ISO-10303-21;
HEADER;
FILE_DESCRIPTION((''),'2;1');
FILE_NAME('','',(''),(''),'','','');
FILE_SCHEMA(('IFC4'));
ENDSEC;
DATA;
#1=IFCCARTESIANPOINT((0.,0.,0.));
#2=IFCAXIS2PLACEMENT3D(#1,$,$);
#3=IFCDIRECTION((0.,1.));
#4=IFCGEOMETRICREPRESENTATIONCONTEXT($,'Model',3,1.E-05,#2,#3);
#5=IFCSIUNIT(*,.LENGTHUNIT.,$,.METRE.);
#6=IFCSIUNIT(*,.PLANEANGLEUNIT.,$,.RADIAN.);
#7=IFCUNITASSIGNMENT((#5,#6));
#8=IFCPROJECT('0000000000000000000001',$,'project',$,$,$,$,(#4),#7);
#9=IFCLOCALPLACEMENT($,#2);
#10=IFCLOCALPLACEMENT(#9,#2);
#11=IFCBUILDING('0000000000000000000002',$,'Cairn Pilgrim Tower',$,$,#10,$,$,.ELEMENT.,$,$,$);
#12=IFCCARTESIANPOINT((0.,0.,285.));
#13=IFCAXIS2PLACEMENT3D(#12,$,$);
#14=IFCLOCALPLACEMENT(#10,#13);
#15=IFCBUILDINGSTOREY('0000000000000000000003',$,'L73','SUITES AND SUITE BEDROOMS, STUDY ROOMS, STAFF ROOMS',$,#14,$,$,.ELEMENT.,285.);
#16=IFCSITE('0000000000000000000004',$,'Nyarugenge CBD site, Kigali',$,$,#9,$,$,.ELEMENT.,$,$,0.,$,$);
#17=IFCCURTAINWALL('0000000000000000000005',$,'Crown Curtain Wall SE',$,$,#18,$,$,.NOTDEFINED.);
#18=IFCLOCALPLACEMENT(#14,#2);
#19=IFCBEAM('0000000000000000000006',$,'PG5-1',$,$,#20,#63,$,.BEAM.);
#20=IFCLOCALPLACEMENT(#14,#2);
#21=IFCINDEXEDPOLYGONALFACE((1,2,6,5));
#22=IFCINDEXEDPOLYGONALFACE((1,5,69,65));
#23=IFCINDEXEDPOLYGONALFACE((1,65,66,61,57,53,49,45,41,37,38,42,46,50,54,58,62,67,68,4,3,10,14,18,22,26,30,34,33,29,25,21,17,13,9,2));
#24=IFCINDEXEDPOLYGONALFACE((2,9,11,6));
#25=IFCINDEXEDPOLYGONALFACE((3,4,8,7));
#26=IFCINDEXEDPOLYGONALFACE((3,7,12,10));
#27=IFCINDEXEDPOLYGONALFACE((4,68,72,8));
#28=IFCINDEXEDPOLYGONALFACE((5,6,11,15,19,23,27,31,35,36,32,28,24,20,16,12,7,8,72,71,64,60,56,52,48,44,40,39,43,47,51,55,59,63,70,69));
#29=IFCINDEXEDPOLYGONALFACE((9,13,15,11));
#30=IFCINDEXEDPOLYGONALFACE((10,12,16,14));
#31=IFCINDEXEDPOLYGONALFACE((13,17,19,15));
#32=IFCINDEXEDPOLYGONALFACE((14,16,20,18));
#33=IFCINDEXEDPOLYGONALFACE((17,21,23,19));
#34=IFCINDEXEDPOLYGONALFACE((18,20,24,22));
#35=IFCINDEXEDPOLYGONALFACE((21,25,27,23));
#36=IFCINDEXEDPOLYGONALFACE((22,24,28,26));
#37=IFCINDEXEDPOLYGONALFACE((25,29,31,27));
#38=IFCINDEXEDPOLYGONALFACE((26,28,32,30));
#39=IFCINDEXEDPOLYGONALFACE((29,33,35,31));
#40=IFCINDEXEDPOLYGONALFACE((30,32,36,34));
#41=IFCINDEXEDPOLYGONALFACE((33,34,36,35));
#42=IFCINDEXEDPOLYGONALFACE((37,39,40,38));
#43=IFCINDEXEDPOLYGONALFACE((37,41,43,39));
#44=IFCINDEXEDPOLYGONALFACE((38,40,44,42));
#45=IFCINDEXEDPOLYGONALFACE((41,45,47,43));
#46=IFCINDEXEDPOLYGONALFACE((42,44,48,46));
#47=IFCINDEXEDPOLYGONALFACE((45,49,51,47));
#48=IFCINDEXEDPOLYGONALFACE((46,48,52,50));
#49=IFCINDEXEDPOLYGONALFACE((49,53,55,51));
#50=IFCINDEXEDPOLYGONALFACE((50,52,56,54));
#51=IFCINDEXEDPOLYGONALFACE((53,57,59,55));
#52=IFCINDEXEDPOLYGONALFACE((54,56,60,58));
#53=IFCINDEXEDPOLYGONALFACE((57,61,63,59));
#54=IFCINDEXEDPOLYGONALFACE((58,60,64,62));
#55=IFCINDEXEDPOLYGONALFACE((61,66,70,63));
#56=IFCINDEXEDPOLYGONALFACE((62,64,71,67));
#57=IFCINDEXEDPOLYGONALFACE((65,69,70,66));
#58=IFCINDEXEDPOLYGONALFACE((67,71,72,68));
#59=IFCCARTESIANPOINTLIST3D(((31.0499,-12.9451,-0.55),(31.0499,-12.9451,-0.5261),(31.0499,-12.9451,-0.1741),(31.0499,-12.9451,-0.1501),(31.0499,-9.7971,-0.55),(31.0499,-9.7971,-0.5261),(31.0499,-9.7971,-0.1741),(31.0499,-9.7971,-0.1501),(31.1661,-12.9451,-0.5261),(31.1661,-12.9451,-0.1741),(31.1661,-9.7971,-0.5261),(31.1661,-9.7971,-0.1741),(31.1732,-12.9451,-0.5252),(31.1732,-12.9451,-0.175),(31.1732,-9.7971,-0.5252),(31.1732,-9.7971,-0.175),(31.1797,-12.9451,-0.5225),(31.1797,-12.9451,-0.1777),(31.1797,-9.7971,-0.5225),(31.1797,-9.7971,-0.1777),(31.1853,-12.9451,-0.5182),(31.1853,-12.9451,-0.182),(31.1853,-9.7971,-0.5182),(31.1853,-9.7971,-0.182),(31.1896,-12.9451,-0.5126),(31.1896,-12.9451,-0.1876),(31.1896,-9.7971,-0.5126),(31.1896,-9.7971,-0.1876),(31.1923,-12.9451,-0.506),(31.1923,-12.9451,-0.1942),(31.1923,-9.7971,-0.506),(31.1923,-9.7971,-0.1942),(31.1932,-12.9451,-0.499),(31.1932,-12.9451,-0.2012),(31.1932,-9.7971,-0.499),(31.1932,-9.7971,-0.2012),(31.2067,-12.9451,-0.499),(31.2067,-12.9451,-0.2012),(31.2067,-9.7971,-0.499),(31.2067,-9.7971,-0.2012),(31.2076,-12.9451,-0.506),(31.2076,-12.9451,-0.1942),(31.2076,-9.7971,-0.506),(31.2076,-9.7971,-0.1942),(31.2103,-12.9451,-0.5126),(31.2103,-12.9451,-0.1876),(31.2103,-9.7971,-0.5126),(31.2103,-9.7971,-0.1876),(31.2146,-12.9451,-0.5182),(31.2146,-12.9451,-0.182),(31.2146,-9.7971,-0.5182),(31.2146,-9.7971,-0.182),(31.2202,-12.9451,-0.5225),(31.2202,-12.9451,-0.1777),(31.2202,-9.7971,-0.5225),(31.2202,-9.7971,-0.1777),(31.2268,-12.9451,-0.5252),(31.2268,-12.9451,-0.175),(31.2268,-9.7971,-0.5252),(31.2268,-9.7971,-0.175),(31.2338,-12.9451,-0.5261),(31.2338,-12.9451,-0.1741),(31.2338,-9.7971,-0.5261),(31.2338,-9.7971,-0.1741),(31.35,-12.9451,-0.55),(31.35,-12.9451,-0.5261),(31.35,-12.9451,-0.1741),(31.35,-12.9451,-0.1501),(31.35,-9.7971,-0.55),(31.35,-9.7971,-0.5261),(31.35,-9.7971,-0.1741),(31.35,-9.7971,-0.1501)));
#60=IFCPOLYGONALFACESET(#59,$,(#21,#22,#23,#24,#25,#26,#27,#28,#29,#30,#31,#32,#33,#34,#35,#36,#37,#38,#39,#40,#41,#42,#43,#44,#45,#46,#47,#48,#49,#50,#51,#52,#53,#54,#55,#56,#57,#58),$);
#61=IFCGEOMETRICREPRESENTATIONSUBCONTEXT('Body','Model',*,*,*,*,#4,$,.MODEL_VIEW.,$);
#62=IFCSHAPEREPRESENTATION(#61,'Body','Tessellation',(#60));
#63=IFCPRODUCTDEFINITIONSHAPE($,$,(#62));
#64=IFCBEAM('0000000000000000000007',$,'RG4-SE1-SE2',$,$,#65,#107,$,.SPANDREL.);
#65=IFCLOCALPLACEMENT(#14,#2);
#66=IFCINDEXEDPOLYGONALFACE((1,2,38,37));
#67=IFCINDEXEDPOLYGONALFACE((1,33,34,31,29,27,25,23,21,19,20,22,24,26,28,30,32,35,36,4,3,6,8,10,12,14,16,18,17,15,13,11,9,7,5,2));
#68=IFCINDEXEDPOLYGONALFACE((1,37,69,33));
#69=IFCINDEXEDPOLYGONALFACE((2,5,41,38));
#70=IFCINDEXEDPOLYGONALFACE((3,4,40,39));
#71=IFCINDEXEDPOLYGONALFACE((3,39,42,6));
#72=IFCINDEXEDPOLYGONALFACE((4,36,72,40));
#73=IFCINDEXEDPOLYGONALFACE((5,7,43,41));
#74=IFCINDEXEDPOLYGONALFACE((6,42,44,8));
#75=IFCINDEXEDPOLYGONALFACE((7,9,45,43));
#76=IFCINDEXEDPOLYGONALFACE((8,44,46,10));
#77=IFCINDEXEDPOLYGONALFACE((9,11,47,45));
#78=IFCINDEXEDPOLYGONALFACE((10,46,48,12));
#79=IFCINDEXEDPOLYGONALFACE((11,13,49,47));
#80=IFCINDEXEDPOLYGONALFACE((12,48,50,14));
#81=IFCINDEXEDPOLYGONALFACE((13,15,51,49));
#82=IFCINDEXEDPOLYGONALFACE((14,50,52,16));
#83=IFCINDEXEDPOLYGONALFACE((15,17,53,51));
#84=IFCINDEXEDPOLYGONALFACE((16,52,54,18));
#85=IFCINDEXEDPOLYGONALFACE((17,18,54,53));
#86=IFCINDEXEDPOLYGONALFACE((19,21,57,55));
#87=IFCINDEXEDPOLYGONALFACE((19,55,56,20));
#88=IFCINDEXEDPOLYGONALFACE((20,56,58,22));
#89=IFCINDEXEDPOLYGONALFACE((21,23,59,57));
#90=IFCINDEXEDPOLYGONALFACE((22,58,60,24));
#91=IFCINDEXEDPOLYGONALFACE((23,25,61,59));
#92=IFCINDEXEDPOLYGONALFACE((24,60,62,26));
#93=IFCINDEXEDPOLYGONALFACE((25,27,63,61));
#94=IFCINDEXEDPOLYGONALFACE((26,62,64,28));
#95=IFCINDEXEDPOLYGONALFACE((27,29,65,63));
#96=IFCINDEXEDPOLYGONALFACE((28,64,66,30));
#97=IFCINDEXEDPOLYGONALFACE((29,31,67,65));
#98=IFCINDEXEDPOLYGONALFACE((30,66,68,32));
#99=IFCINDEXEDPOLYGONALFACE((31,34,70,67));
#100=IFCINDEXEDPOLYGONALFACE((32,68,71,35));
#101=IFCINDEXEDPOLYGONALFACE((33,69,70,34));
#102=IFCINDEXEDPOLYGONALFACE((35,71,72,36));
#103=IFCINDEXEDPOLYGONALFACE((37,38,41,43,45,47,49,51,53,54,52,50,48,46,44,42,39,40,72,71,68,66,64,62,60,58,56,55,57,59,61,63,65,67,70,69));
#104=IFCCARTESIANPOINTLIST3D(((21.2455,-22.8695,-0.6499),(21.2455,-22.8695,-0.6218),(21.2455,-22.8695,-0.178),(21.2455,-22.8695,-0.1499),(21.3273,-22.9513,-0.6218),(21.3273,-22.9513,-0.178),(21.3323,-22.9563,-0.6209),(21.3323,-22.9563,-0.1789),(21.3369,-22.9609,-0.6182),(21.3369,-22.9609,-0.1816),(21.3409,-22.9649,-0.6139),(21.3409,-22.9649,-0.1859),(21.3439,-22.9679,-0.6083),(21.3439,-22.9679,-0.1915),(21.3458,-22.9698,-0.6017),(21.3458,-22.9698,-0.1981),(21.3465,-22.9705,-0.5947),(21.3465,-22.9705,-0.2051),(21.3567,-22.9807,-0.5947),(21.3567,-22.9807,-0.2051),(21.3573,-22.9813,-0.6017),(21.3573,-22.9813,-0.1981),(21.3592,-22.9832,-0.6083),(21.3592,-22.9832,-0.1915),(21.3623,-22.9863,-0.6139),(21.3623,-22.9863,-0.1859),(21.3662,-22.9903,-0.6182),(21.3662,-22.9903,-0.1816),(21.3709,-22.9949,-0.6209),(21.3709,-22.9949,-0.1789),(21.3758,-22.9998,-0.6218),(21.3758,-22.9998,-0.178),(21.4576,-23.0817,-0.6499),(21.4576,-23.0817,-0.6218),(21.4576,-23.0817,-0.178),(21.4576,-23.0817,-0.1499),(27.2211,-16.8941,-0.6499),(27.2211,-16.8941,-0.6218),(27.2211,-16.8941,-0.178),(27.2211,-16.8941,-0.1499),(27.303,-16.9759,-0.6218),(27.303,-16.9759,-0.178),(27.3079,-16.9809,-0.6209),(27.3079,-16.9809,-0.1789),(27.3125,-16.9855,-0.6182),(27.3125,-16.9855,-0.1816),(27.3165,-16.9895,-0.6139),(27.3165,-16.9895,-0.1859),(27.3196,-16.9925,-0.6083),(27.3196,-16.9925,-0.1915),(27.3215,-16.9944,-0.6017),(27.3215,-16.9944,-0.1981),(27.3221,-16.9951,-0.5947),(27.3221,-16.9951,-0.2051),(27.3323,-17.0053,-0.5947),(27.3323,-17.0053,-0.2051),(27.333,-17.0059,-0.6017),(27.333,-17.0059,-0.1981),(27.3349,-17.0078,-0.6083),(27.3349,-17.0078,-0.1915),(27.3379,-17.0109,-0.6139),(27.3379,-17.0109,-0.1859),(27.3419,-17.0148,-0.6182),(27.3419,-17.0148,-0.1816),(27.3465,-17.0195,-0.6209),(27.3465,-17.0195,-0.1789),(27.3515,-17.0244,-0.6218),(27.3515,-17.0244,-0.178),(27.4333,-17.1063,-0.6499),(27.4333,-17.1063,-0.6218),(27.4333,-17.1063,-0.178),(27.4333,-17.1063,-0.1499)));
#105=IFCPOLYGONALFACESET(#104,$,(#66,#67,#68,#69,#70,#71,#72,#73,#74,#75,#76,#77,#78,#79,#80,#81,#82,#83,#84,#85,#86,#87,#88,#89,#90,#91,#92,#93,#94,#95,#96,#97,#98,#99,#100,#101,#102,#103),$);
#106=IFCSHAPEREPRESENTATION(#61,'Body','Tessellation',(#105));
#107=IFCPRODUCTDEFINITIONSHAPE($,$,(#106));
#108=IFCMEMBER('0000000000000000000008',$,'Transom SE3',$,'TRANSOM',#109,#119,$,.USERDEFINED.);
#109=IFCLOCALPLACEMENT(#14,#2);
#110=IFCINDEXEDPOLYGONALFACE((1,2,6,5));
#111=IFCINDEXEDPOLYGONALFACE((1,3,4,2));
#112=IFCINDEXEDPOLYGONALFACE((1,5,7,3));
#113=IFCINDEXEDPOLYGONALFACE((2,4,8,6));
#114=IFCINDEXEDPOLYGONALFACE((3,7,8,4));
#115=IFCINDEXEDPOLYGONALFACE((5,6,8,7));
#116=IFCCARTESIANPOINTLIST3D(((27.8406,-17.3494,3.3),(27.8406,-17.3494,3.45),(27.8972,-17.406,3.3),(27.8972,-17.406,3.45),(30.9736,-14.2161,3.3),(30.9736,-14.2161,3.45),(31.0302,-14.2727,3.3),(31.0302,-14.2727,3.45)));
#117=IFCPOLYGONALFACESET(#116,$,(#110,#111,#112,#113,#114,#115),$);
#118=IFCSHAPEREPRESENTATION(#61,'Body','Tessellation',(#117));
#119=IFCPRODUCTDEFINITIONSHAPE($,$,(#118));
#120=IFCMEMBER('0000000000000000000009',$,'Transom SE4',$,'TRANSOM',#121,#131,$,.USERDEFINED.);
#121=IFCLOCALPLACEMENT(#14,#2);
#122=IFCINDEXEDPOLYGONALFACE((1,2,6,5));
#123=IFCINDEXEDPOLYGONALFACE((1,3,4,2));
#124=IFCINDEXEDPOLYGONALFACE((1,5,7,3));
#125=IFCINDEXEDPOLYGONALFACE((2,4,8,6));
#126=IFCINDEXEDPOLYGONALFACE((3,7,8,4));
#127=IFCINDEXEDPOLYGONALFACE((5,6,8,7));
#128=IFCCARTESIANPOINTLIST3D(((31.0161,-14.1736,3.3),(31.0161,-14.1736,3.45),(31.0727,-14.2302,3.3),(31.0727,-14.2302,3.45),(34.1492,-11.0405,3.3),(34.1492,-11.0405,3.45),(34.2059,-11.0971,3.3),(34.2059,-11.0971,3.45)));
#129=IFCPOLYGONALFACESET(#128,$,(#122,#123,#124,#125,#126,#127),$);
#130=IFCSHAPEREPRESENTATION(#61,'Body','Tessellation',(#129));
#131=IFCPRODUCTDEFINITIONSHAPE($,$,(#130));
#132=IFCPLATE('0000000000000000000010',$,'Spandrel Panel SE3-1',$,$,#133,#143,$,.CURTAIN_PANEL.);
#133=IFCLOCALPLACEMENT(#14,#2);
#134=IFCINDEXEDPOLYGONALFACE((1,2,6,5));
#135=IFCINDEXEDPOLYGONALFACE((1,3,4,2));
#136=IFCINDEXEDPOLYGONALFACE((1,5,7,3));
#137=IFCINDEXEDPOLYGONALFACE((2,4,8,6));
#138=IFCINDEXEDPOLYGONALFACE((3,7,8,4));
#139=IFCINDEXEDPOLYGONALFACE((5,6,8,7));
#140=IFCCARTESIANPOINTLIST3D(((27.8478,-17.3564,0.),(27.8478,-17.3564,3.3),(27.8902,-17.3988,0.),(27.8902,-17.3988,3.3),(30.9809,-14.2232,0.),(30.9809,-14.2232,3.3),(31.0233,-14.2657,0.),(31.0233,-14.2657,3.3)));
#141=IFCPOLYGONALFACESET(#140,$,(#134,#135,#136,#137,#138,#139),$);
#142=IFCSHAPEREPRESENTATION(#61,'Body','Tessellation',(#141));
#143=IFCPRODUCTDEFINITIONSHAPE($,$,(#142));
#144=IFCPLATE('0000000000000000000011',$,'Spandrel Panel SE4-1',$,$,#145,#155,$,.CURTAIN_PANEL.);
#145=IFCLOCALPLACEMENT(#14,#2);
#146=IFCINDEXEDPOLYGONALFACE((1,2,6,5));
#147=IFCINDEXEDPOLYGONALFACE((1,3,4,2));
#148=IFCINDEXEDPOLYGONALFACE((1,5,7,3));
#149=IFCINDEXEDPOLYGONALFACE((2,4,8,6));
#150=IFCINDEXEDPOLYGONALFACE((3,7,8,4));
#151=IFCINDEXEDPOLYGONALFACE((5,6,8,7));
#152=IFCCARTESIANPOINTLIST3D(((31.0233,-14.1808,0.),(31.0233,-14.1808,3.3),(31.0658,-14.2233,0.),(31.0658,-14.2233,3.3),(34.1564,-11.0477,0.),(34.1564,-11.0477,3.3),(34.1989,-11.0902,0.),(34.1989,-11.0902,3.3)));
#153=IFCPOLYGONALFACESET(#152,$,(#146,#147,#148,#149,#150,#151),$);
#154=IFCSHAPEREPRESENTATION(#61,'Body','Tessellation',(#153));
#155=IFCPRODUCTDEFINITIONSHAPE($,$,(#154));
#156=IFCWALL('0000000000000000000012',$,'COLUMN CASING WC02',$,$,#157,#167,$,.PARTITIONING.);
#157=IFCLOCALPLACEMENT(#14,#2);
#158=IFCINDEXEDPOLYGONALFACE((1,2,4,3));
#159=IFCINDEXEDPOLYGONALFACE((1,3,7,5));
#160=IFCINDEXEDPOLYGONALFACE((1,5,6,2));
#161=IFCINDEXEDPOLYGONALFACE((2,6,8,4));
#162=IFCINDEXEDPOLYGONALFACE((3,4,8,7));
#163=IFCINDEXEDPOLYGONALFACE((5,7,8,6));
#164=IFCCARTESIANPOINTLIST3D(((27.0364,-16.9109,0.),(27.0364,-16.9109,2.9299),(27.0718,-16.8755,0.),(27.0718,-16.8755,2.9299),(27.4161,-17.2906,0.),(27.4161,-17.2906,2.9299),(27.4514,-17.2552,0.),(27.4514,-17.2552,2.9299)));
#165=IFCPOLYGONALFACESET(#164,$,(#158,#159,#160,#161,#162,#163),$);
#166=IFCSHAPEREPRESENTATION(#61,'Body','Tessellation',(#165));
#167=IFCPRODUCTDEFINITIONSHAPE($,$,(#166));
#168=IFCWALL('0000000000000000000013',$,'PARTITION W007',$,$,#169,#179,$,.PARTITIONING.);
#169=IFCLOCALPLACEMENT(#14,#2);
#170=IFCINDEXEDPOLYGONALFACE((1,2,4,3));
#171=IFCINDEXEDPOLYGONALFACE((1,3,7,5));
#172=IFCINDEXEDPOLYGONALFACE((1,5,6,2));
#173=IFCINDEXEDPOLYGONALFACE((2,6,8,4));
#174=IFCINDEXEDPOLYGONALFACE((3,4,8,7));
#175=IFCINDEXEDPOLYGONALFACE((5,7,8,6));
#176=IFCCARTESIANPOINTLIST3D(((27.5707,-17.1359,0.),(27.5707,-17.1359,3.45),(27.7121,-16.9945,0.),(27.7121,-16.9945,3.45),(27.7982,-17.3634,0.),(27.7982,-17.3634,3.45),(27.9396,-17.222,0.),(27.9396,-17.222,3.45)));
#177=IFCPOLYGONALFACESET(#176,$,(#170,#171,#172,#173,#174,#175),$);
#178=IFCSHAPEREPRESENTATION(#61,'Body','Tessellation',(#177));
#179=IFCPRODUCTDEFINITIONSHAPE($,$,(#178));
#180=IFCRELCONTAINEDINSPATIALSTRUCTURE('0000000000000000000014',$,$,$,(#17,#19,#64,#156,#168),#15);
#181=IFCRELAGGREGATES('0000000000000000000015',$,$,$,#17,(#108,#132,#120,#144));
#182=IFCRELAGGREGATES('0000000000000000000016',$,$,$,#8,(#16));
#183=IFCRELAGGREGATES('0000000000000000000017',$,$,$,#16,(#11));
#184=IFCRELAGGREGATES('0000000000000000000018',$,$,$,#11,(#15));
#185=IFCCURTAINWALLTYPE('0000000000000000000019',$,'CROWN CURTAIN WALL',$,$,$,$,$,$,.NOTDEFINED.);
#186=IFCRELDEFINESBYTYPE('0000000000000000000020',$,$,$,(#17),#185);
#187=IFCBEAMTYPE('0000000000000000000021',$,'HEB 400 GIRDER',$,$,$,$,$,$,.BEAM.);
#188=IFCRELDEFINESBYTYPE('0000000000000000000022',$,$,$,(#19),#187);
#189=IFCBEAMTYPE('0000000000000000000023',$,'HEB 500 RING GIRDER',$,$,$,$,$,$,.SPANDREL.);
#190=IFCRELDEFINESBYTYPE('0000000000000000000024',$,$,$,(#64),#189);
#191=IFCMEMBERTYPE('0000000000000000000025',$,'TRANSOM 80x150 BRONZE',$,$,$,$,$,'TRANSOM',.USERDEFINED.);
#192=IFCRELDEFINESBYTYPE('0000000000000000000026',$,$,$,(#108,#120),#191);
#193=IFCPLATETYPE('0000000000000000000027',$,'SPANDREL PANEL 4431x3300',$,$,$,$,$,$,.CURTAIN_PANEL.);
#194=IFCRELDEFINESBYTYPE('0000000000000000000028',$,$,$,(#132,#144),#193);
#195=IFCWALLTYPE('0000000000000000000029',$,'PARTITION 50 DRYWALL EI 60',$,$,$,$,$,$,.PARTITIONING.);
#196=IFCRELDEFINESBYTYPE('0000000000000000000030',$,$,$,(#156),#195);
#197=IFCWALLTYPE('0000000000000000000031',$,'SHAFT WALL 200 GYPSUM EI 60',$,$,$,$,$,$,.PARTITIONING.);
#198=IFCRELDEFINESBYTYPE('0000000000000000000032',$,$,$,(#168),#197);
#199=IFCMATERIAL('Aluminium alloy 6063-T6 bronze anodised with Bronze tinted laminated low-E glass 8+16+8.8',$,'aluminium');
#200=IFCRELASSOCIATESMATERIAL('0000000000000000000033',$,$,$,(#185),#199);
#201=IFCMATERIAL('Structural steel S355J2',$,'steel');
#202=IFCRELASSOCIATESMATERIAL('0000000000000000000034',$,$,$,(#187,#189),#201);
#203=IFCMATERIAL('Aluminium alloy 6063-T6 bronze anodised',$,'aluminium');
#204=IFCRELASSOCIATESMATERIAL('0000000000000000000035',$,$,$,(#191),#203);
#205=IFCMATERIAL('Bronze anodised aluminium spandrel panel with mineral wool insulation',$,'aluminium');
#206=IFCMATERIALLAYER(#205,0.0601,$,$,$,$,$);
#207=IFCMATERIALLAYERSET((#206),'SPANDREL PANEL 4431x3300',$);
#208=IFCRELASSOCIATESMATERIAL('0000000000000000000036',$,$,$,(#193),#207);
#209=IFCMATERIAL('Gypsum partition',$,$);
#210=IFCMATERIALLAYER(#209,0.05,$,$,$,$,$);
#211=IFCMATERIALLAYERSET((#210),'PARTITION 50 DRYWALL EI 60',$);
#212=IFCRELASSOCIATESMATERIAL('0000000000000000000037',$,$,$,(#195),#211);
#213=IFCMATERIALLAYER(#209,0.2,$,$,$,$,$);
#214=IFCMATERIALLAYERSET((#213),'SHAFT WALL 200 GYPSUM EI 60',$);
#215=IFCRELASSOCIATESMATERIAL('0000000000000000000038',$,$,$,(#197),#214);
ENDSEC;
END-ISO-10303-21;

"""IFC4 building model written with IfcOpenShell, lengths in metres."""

from ifc_helpers import new_model, si_unit, direction, frame, frame_2d, origin, origin_2d, place, context, subcontext, project, spatial, rectangle, i_section, extrude, material, layer, layer_set, material_profile, profile_set, type_object, element, aggregate, save


model = new_model("IFC4")

# Units and contexts
model_context = context("Model", 3, precision=1e-05, world=origin(), true_north=direction((0.0, 1.0)))
body_context = subcontext(model_context, "Body", "Model", "MODEL_VIEW")
ifc_project = project(units=[si_unit("LENGTHUNIT", "METRE"), si_unit("PLANEANGLEUNIT", "RADIAN")], contexts=[model_context])

# Site, building, storey
site_placement = place(None, origin())
site = spatial("IfcSite", under=ifc_project, at=site_placement, Name="Nyarugenge CBD site, Kigali", CompositionType="ELEMENT", RefElevation=0.0)
building_placement = place(site_placement, origin())
building = spatial("IfcBuilding", under=site, at=building_placement, Name="Cairn Pilgrim Tower", CompositionType="ELEMENT")
storey_placement = place(building_placement, frame((0.0, 0.0, 285.0)))
storey = spatial("IfcBuildingStorey", under=building, at=storey_placement, Name="L73", Description="SUITES AND SUITE BEDROOMS, STUDY ROOMS, STAFF ROOMS", CompositionType="ELEMENT", Elevation=285.0)

# Shared definitions
ifc_material_1 = material(Name="Structural steel S355J2", Category="steel")

# Curtain wall
ifc_material_2 = material(Name="Aluminium alloy 6063-T6 bronze anodised with Bronze tinted laminated low-E glass 8+16+8.8", Category="aluminium")
curtain_wall_type = type_object("IfcCurtainWallType", Name="CROWN CURTAIN WALL", PredefinedType="NOTDEFINED", material=ifc_material_2)
curtain_wall_placement = place(storey_placement, origin())
curtain_wall = element("IfcCurtainWall", 1, at=curtain_wall_placement, inside=storey, type_object=curtain_wall_type, Name="Crown Curtain Wall SE", PredefinedType="NOTDEFINED")
ifc_material_3 = material(Name="Aluminium alloy 6063-T6 bronze anodised", Category="aluminium")

# Beams
ifc_material_profile_1 = material_profile(ifc_material_1, i_section(OverallWidth=0.3, OverallDepth=0.3999, WebThickness=0.0134, FlangeThickness=0.0239, FilletRadius=0.0271, at=origin_2d()), Name="HEB 400")
ifc_profile_set_1 = profile_set([ifc_material_profile_1], Name="Structural steel S355J2")
beam_type_1 = type_object("IfcBeamType", Name="HEB 400 GIRDER", PredefinedType="BEAM", material=ifc_profile_set_1)
beam_1_placement = place(storey_placement, frame((31.2, -12.9451, -0.3501), z_axis=(0.0, 1.0, 0.0), x_axis=(-1.0, 0.0, 0.0)))
element("IfcBeam", 2, at=beam_1_placement, inside=storey, type_object=beam_type_1, Name="PG5-1", PredefinedType="BEAM", context=body_context, shape_type="SweptSolid", body=[
    extrude(i_section(OverallWidth=0.3, OverallDepth=0.3999, WebThickness=0.0134, FlangeThickness=0.0239, FilletRadius=0.0271, at=origin_2d()), origin(), (0.0, 0.0, 1.0), 3.1479),
])
ifc_material_profile_2 = material_profile(ifc_material_1, i_section(OverallWidth=0.3, OverallDepth=0.5, WebThickness=0.0144, FlangeThickness=0.0281, FilletRadius=0.0271, at=origin_2d()), Name="HEB 500")
ifc_profile_set_2 = profile_set([ifc_material_profile_2], Name="Structural steel S355J2")
beam_type_2 = type_object("IfcBeamType", Name="HEB 500 RING GIRDER", PredefinedType="SPANDREL", material=ifc_profile_set_2)
beam_2_placement = place(storey_placement, frame((21.3516, -22.9756, -0.3999), z_axis=(0.707121, 0.707092, 0.0), x_axis=(-0.707092, 0.707121, 0.0)))
element("IfcBeam", 3, at=beam_2_placement, inside=storey, type_object=beam_type_2, Name="RG4-SE1-SE2", PredefinedType="SPANDREL", context=body_context, shape_type="SweptSolid", body=[
    extrude(i_section(OverallWidth=0.3, OverallDepth=0.5, WebThickness=0.0144, FlangeThickness=0.0281, FilletRadius=0.0271, at=origin_2d()), origin(), (0.0, 0.0, 1.0), 8.4507),
])

# Members
ifc_material_profile_3 = material_profile(ifc_material_3, rectangle(XDim=0.0801, YDim=0.1499, at=origin_2d()), Name="TRANSOM 80x150 BRONZE")
ifc_profile_set_3 = profile_set([ifc_material_profile_3], Name="Aluminium alloy 6063-T6 bronze anodised")
member_type_1 = type_object("IfcMemberType", Name="TRANSOM 80x150 BRONZE", ElementType="TRANSOM", PredefinedType="USERDEFINED", material=ifc_profile_set_3)
member_1_placement = place(storey_placement, frame((27.8689, -17.3777, 3.375), z_axis=(0.707079, 0.707134, 0.0), x_axis=(-0.707134, 0.707079, 0.0)))
member_1 = element("IfcMember", 4, at=member_1_placement, type_object=member_type_1, Name="Transom SE3", ObjectType="TRANSOM", PredefinedType="USERDEFINED", context=body_context, shape_type="SweptSolid", body=[
    extrude(rectangle(XDim=0.0801, YDim=0.1499, at=origin_2d()), origin(), (0.0, 0.0, 1.0), 4.4309),
])
member_2_placement = place(storey_placement, frame((31.0444, -14.2019, 3.375), z_axis=(0.707107, 0.707107, 0.0), x_axis=(-0.707107, 0.707107, 0.0)))
member_2 = element("IfcMember", 5, at=member_2_placement, type_object=member_type_1, Name="Transom SE4", ObjectType="TRANSOM", PredefinedType="USERDEFINED", context=body_context, shape_type="SweptSolid", body=[
    extrude(rectangle(XDim=0.0801, YDim=0.1499, at=origin_2d()), origin(), (0.0, 0.0, 1.0), 4.4309),
])

# Plates
ifc_material_4 = material(Name="Bronze anodised aluminium spandrel panel with mineral wool insulation", Category="aluminium")
ifc_layer_1 = layer(ifc_material_4, 0.0601)
ifc_layer_set_1 = layer_set([ifc_layer_1], Name="SPANDREL PANEL 4431x3300")
plate_type = type_object("IfcPlateType", Name="SPANDREL PANEL 4431x3300", PredefinedType="CURTAIN_PANEL", material=ifc_layer_set_1)
plate_1_placement = place(storey_placement, frame((29.4355, -15.811, 0.0), z_axis=(0.0, 0.0, 1.0), x_axis=(0.707107, 0.707107, 0.0)))
plate_1 = element("IfcPlate", 6, at=plate_1_placement, type_object=plate_type, Name="Spandrel Panel SE3-1", PredefinedType="CURTAIN_PANEL", context=body_context, shape_type="SweptSolid", body=[
    extrude(rectangle(XDim=4.4309, YDim=0.0601, at=origin_2d()), origin(), (0.0, 0.0, 1.0), 3.3),
])
plate_2_placement = place(storey_placement, frame((32.6111, -12.6355, 0.0), z_axis=(0.0, 0.0, 1.0), x_axis=(0.707107, 0.707107, 0.0)))
plate_2 = element("IfcPlate", 7, at=plate_2_placement, type_object=plate_type, Name="Spandrel Panel SE4-1", PredefinedType="CURTAIN_PANEL", context=body_context, shape_type="SweptSolid", body=[
    extrude(rectangle(XDim=4.4309, YDim=0.0601, at=origin_2d()), origin(), (0.0, 0.0, 1.0), 3.3),
])
aggregate(curtain_wall, [member_1, plate_1, member_2, plate_2])

# Walls
ifc_material_5 = material(Name="Gypsum partition")
ifc_layer_2 = layer(ifc_material_5, 0.05)
ifc_layer_set_2 = layer_set([ifc_layer_2], Name="PARTITION 50 DRYWALL EI 60")
wall_type_1 = type_object("IfcWallType", Name="PARTITION 50 DRYWALL EI 60", PredefinedType="PARTITIONING", material=ifc_layer_set_2)
wall_1_placement = place(storey_placement, frame((27.4338, -17.2729, 0.0), z_axis=(0.0, 0.0, 1.0), x_axis=(-0.707107, 0.707107, 0.0)))
element("IfcWall", 8, at=wall_1_placement, inside=storey, type_object=wall_type_1, Name="COLUMN CASING WC02", PredefinedType="PARTITIONING", context=body_context, shape_type="SweptSolid", body=[
    extrude(rectangle(XDim=0.5369, YDim=0.05, at=frame_2d((0.2686, 0.0))), origin(), (0.0, 0.0, 1.0), 2.9299),
])
ifc_layer_3 = layer(ifc_material_5, 0.2)
ifc_layer_set_3 = layer_set([ifc_layer_3], Name="SHAFT WALL 200 GYPSUM EI 60")
wall_type_2 = type_object("IfcWallType", Name="SHAFT WALL 200 GYPSUM EI 60", PredefinedType="PARTITIONING", material=ifc_layer_set_3)
wall_2_placement = place(storey_placement, frame((27.8689, -17.2927, 0.0), z_axis=(0.0, 0.0, 1.0), x_axis=(-0.707107, 0.707107, 0.0)))
element("IfcWall", 9, at=wall_2_placement, inside=storey, type_object=wall_type_2, Name="PARTITION W007", PredefinedType="PARTITIONING", context=body_context, shape_type="SweptSolid", body=[
    extrude(rectangle(XDim=0.3218, YDim=0.2, at=frame_2d((0.1609, 0.0))), origin(), (0.0, 0.0, 1.0), 3.45),
])

save(model, "model.ifc")
